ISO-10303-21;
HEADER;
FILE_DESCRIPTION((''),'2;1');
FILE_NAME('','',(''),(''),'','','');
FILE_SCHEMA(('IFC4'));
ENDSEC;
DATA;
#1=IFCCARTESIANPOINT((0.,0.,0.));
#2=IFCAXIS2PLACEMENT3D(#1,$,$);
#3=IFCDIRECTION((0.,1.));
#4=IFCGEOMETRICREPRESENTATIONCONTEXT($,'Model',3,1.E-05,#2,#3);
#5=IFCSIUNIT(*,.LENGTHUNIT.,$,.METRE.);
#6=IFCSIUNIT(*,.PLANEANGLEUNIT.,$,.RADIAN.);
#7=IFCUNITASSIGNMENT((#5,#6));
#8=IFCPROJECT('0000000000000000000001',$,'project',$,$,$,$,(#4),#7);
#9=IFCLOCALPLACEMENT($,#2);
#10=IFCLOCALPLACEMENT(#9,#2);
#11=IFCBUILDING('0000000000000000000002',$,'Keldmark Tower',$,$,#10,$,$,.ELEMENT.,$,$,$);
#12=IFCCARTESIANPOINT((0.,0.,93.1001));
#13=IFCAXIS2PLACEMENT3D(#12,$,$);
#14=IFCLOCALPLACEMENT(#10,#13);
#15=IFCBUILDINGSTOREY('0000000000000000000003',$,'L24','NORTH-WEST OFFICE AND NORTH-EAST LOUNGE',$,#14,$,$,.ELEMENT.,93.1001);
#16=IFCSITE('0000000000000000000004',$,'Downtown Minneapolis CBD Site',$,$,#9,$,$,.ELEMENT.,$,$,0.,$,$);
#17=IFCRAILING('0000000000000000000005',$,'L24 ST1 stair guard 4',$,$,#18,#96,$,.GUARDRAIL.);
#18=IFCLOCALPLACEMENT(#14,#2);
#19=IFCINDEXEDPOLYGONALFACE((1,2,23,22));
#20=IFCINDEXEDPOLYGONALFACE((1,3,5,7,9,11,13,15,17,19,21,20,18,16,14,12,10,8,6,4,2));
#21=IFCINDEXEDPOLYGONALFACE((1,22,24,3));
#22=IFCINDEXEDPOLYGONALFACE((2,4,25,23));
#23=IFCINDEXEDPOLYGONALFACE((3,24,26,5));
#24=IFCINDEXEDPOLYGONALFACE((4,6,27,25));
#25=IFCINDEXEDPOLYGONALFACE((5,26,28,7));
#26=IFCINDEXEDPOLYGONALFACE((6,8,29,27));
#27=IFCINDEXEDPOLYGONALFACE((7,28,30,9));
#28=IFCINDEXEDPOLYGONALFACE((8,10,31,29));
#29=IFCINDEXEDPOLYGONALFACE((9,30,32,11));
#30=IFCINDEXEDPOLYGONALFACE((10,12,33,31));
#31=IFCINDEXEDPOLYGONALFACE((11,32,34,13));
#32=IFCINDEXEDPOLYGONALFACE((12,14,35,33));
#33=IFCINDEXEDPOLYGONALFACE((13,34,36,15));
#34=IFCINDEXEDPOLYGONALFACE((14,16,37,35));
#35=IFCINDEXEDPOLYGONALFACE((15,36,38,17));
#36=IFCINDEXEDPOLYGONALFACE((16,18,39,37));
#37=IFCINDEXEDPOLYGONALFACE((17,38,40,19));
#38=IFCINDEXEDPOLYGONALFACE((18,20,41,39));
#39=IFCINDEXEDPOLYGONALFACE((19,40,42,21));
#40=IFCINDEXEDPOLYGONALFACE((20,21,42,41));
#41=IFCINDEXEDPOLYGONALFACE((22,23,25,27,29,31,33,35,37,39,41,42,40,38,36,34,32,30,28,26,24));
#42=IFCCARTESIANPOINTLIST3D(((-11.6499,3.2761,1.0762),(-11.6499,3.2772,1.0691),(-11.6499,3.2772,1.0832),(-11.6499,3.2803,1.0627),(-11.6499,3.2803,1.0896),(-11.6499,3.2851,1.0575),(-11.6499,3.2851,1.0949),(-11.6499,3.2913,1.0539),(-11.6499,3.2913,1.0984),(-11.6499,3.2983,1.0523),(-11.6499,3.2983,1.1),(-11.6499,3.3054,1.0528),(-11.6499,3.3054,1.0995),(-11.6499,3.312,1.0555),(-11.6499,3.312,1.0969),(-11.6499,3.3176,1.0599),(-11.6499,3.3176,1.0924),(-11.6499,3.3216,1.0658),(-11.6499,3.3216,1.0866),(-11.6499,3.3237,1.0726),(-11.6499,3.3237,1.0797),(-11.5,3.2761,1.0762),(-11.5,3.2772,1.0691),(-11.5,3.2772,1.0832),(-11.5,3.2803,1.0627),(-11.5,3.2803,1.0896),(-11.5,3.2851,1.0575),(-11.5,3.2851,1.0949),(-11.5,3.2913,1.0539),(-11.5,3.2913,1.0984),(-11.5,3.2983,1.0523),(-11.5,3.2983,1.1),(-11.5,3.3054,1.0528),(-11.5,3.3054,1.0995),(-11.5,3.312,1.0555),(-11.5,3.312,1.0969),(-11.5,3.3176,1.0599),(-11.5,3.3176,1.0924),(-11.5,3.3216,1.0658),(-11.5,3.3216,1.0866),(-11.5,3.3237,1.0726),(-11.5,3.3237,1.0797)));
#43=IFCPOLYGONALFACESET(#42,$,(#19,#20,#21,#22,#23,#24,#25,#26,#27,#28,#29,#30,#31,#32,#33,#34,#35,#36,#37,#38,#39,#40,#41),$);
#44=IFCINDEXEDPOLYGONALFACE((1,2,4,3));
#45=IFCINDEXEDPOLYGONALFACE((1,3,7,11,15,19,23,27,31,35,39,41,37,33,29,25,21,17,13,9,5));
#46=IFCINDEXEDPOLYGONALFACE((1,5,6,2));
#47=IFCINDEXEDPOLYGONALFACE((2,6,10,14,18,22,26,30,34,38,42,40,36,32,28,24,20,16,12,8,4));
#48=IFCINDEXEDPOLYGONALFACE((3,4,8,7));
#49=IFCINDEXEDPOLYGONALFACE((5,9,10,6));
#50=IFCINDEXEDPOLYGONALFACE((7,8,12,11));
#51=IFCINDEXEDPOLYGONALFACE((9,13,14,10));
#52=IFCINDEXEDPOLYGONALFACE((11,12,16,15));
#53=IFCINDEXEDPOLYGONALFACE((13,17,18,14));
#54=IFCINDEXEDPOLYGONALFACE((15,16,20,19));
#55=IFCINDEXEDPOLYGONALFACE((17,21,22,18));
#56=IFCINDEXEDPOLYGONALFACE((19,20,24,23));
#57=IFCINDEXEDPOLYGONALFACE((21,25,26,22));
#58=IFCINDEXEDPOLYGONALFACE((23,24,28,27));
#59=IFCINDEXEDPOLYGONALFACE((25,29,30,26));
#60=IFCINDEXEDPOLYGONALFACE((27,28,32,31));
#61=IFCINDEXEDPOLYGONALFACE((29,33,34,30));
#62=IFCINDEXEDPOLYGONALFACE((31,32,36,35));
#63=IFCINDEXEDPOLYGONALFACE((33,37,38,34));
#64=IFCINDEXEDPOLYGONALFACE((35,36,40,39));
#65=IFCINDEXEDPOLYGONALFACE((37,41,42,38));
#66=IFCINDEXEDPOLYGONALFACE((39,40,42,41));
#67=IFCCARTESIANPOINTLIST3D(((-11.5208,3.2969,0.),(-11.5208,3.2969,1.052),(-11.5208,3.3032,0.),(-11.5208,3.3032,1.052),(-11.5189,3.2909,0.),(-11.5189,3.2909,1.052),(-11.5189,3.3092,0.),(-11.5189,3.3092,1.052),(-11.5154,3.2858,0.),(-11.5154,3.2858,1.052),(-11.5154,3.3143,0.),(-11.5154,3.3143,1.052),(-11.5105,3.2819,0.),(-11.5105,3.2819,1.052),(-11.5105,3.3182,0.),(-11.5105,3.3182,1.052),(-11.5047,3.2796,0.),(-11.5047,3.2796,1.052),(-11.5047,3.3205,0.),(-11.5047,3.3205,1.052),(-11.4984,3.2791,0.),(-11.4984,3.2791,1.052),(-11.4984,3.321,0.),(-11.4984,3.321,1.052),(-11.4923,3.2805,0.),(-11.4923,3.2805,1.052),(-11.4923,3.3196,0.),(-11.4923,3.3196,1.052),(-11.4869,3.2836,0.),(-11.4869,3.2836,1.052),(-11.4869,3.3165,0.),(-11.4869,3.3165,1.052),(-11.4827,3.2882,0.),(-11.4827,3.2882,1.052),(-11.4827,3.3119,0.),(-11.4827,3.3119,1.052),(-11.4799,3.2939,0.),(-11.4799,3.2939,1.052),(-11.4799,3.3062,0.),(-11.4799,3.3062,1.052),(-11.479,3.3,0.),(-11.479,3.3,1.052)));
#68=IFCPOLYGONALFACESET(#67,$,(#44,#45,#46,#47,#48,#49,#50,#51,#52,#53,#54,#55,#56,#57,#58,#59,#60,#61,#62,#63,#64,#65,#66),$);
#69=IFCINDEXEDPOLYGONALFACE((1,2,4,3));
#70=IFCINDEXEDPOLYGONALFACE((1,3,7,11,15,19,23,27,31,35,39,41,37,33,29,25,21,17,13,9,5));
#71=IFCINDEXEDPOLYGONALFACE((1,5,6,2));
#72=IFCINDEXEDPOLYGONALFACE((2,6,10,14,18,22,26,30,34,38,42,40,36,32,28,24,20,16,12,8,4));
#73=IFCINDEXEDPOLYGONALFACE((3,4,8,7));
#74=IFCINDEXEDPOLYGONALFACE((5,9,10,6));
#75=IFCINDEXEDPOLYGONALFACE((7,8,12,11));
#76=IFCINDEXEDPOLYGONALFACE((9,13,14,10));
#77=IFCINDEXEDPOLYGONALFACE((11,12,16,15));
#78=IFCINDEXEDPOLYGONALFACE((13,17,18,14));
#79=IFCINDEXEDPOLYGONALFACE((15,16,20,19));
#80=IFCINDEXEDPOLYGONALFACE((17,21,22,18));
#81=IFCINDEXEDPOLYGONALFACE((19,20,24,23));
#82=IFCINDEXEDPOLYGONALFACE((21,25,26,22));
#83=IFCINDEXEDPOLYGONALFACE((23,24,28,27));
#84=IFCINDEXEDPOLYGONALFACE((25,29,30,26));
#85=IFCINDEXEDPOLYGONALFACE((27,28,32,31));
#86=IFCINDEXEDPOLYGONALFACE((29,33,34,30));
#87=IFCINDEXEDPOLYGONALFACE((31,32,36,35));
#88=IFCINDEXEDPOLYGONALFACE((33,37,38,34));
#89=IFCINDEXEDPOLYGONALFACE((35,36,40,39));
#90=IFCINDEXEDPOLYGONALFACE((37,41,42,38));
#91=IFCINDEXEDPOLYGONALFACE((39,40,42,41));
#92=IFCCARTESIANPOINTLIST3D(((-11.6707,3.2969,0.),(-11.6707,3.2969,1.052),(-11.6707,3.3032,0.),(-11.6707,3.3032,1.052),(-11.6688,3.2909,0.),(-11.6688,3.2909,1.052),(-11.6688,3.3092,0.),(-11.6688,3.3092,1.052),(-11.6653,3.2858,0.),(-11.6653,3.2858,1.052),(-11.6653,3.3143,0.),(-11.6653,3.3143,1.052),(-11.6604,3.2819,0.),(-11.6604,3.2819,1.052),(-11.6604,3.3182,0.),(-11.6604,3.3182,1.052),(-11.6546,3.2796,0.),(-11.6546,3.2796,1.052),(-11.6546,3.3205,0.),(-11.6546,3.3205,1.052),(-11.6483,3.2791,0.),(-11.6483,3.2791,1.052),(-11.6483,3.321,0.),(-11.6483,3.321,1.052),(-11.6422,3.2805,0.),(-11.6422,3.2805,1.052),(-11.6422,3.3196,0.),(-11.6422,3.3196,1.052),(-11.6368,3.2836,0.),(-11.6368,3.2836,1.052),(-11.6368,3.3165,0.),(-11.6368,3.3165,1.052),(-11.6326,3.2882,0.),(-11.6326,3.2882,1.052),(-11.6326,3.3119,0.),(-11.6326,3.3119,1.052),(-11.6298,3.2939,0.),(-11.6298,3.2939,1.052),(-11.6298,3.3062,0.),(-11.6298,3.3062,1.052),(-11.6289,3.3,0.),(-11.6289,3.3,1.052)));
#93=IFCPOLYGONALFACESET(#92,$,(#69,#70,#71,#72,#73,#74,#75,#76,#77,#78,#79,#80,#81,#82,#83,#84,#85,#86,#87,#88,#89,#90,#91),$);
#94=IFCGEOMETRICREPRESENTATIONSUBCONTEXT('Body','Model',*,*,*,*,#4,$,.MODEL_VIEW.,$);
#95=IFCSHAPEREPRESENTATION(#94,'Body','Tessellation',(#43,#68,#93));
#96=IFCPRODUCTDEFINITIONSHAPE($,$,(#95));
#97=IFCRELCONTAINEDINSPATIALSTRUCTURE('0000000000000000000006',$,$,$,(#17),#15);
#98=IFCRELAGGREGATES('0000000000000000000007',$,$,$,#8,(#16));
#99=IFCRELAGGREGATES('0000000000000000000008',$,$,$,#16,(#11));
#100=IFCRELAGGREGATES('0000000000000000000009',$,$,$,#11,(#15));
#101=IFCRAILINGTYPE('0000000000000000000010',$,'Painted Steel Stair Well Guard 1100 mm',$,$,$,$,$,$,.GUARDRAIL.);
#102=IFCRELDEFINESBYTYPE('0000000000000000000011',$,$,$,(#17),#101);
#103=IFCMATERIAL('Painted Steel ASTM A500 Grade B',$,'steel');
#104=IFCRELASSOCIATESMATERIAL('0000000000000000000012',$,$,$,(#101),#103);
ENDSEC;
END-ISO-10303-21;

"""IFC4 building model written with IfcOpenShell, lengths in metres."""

from ifc_helpers import new_model, si_unit, direction, frame, origin, origin_2d, place, context, subcontext, project, spatial, circle, extrude, material, type_object, element, save


model = new_model("IFC4")

# Units and contexts
model_context = context("Model", 3, precision=1e-05, world=origin(), true_north=direction((0.0, 1.0)))
body_context = subcontext(model_context, "Body", "Model", "MODEL_VIEW")
ifc_project = project(units=[si_unit("LENGTHUNIT", "METRE"), si_unit("PLANEANGLEUNIT", "RADIAN")], contexts=[model_context])

# Site, building, storey
site_placement = place(None, origin())
site = spatial("IfcSite", under=ifc_project, at=site_placement, Name="Downtown Minneapolis CBD Site", CompositionType="ELEMENT", RefElevation=0.0)
building_placement = place(site_placement, origin())
building = spatial("IfcBuilding", under=site, at=building_placement, Name="Keldmark Tower", CompositionType="ELEMENT")
storey_placement = place(building_placement, frame((0.0, 0.0, 93.1001)))
storey = spatial("IfcBuildingStorey", under=building, at=storey_placement, Name="L24", Description="NORTH-WEST OFFICE AND NORTH-EAST LOUNGE", CompositionType="ELEMENT", Elevation=93.1001)

# Railing
ifc_material_1 = material(Name="Painted Steel ASTM A500 Grade B", Category="steel")
railing_type_1 = type_object("IfcRailingType", Name="Painted Steel Stair Well Guard 1100 mm", PredefinedType="GUARDRAIL", material=ifc_material_1)
railing_1_placement = place(storey_placement, frame((-11.5, 3.3, 0.0)))
element("IfcRailing", 1, at=railing_1_placement, inside=storey, type_object=railing_type_1, Name="L24 ST1 stair guard 4", PredefinedType="GUARDRAIL", context=body_context, shape_type="SweptSolid", body=[
    extrude(circle(Radius=0.0239, at=origin_2d()), frame((0.0, 0.0, 1.0762), z_axis=(-1.0, 0.0, 0.0), x_axis=(0.0, -1.0, 0.0)), (0.0, 0.0, 1.0), 0.1499),
    extrude(circle(Radius=0.021, at=origin_2d()), origin(), (0.0, 0.0, 1.0), 1.052),
    extrude(circle(Radius=0.021, at=origin_2d()), frame((-0.1499, 0.0, 0.0)), (0.0, 0.0, 1.0), 1.052),
])

save(model, "model.ifc")
